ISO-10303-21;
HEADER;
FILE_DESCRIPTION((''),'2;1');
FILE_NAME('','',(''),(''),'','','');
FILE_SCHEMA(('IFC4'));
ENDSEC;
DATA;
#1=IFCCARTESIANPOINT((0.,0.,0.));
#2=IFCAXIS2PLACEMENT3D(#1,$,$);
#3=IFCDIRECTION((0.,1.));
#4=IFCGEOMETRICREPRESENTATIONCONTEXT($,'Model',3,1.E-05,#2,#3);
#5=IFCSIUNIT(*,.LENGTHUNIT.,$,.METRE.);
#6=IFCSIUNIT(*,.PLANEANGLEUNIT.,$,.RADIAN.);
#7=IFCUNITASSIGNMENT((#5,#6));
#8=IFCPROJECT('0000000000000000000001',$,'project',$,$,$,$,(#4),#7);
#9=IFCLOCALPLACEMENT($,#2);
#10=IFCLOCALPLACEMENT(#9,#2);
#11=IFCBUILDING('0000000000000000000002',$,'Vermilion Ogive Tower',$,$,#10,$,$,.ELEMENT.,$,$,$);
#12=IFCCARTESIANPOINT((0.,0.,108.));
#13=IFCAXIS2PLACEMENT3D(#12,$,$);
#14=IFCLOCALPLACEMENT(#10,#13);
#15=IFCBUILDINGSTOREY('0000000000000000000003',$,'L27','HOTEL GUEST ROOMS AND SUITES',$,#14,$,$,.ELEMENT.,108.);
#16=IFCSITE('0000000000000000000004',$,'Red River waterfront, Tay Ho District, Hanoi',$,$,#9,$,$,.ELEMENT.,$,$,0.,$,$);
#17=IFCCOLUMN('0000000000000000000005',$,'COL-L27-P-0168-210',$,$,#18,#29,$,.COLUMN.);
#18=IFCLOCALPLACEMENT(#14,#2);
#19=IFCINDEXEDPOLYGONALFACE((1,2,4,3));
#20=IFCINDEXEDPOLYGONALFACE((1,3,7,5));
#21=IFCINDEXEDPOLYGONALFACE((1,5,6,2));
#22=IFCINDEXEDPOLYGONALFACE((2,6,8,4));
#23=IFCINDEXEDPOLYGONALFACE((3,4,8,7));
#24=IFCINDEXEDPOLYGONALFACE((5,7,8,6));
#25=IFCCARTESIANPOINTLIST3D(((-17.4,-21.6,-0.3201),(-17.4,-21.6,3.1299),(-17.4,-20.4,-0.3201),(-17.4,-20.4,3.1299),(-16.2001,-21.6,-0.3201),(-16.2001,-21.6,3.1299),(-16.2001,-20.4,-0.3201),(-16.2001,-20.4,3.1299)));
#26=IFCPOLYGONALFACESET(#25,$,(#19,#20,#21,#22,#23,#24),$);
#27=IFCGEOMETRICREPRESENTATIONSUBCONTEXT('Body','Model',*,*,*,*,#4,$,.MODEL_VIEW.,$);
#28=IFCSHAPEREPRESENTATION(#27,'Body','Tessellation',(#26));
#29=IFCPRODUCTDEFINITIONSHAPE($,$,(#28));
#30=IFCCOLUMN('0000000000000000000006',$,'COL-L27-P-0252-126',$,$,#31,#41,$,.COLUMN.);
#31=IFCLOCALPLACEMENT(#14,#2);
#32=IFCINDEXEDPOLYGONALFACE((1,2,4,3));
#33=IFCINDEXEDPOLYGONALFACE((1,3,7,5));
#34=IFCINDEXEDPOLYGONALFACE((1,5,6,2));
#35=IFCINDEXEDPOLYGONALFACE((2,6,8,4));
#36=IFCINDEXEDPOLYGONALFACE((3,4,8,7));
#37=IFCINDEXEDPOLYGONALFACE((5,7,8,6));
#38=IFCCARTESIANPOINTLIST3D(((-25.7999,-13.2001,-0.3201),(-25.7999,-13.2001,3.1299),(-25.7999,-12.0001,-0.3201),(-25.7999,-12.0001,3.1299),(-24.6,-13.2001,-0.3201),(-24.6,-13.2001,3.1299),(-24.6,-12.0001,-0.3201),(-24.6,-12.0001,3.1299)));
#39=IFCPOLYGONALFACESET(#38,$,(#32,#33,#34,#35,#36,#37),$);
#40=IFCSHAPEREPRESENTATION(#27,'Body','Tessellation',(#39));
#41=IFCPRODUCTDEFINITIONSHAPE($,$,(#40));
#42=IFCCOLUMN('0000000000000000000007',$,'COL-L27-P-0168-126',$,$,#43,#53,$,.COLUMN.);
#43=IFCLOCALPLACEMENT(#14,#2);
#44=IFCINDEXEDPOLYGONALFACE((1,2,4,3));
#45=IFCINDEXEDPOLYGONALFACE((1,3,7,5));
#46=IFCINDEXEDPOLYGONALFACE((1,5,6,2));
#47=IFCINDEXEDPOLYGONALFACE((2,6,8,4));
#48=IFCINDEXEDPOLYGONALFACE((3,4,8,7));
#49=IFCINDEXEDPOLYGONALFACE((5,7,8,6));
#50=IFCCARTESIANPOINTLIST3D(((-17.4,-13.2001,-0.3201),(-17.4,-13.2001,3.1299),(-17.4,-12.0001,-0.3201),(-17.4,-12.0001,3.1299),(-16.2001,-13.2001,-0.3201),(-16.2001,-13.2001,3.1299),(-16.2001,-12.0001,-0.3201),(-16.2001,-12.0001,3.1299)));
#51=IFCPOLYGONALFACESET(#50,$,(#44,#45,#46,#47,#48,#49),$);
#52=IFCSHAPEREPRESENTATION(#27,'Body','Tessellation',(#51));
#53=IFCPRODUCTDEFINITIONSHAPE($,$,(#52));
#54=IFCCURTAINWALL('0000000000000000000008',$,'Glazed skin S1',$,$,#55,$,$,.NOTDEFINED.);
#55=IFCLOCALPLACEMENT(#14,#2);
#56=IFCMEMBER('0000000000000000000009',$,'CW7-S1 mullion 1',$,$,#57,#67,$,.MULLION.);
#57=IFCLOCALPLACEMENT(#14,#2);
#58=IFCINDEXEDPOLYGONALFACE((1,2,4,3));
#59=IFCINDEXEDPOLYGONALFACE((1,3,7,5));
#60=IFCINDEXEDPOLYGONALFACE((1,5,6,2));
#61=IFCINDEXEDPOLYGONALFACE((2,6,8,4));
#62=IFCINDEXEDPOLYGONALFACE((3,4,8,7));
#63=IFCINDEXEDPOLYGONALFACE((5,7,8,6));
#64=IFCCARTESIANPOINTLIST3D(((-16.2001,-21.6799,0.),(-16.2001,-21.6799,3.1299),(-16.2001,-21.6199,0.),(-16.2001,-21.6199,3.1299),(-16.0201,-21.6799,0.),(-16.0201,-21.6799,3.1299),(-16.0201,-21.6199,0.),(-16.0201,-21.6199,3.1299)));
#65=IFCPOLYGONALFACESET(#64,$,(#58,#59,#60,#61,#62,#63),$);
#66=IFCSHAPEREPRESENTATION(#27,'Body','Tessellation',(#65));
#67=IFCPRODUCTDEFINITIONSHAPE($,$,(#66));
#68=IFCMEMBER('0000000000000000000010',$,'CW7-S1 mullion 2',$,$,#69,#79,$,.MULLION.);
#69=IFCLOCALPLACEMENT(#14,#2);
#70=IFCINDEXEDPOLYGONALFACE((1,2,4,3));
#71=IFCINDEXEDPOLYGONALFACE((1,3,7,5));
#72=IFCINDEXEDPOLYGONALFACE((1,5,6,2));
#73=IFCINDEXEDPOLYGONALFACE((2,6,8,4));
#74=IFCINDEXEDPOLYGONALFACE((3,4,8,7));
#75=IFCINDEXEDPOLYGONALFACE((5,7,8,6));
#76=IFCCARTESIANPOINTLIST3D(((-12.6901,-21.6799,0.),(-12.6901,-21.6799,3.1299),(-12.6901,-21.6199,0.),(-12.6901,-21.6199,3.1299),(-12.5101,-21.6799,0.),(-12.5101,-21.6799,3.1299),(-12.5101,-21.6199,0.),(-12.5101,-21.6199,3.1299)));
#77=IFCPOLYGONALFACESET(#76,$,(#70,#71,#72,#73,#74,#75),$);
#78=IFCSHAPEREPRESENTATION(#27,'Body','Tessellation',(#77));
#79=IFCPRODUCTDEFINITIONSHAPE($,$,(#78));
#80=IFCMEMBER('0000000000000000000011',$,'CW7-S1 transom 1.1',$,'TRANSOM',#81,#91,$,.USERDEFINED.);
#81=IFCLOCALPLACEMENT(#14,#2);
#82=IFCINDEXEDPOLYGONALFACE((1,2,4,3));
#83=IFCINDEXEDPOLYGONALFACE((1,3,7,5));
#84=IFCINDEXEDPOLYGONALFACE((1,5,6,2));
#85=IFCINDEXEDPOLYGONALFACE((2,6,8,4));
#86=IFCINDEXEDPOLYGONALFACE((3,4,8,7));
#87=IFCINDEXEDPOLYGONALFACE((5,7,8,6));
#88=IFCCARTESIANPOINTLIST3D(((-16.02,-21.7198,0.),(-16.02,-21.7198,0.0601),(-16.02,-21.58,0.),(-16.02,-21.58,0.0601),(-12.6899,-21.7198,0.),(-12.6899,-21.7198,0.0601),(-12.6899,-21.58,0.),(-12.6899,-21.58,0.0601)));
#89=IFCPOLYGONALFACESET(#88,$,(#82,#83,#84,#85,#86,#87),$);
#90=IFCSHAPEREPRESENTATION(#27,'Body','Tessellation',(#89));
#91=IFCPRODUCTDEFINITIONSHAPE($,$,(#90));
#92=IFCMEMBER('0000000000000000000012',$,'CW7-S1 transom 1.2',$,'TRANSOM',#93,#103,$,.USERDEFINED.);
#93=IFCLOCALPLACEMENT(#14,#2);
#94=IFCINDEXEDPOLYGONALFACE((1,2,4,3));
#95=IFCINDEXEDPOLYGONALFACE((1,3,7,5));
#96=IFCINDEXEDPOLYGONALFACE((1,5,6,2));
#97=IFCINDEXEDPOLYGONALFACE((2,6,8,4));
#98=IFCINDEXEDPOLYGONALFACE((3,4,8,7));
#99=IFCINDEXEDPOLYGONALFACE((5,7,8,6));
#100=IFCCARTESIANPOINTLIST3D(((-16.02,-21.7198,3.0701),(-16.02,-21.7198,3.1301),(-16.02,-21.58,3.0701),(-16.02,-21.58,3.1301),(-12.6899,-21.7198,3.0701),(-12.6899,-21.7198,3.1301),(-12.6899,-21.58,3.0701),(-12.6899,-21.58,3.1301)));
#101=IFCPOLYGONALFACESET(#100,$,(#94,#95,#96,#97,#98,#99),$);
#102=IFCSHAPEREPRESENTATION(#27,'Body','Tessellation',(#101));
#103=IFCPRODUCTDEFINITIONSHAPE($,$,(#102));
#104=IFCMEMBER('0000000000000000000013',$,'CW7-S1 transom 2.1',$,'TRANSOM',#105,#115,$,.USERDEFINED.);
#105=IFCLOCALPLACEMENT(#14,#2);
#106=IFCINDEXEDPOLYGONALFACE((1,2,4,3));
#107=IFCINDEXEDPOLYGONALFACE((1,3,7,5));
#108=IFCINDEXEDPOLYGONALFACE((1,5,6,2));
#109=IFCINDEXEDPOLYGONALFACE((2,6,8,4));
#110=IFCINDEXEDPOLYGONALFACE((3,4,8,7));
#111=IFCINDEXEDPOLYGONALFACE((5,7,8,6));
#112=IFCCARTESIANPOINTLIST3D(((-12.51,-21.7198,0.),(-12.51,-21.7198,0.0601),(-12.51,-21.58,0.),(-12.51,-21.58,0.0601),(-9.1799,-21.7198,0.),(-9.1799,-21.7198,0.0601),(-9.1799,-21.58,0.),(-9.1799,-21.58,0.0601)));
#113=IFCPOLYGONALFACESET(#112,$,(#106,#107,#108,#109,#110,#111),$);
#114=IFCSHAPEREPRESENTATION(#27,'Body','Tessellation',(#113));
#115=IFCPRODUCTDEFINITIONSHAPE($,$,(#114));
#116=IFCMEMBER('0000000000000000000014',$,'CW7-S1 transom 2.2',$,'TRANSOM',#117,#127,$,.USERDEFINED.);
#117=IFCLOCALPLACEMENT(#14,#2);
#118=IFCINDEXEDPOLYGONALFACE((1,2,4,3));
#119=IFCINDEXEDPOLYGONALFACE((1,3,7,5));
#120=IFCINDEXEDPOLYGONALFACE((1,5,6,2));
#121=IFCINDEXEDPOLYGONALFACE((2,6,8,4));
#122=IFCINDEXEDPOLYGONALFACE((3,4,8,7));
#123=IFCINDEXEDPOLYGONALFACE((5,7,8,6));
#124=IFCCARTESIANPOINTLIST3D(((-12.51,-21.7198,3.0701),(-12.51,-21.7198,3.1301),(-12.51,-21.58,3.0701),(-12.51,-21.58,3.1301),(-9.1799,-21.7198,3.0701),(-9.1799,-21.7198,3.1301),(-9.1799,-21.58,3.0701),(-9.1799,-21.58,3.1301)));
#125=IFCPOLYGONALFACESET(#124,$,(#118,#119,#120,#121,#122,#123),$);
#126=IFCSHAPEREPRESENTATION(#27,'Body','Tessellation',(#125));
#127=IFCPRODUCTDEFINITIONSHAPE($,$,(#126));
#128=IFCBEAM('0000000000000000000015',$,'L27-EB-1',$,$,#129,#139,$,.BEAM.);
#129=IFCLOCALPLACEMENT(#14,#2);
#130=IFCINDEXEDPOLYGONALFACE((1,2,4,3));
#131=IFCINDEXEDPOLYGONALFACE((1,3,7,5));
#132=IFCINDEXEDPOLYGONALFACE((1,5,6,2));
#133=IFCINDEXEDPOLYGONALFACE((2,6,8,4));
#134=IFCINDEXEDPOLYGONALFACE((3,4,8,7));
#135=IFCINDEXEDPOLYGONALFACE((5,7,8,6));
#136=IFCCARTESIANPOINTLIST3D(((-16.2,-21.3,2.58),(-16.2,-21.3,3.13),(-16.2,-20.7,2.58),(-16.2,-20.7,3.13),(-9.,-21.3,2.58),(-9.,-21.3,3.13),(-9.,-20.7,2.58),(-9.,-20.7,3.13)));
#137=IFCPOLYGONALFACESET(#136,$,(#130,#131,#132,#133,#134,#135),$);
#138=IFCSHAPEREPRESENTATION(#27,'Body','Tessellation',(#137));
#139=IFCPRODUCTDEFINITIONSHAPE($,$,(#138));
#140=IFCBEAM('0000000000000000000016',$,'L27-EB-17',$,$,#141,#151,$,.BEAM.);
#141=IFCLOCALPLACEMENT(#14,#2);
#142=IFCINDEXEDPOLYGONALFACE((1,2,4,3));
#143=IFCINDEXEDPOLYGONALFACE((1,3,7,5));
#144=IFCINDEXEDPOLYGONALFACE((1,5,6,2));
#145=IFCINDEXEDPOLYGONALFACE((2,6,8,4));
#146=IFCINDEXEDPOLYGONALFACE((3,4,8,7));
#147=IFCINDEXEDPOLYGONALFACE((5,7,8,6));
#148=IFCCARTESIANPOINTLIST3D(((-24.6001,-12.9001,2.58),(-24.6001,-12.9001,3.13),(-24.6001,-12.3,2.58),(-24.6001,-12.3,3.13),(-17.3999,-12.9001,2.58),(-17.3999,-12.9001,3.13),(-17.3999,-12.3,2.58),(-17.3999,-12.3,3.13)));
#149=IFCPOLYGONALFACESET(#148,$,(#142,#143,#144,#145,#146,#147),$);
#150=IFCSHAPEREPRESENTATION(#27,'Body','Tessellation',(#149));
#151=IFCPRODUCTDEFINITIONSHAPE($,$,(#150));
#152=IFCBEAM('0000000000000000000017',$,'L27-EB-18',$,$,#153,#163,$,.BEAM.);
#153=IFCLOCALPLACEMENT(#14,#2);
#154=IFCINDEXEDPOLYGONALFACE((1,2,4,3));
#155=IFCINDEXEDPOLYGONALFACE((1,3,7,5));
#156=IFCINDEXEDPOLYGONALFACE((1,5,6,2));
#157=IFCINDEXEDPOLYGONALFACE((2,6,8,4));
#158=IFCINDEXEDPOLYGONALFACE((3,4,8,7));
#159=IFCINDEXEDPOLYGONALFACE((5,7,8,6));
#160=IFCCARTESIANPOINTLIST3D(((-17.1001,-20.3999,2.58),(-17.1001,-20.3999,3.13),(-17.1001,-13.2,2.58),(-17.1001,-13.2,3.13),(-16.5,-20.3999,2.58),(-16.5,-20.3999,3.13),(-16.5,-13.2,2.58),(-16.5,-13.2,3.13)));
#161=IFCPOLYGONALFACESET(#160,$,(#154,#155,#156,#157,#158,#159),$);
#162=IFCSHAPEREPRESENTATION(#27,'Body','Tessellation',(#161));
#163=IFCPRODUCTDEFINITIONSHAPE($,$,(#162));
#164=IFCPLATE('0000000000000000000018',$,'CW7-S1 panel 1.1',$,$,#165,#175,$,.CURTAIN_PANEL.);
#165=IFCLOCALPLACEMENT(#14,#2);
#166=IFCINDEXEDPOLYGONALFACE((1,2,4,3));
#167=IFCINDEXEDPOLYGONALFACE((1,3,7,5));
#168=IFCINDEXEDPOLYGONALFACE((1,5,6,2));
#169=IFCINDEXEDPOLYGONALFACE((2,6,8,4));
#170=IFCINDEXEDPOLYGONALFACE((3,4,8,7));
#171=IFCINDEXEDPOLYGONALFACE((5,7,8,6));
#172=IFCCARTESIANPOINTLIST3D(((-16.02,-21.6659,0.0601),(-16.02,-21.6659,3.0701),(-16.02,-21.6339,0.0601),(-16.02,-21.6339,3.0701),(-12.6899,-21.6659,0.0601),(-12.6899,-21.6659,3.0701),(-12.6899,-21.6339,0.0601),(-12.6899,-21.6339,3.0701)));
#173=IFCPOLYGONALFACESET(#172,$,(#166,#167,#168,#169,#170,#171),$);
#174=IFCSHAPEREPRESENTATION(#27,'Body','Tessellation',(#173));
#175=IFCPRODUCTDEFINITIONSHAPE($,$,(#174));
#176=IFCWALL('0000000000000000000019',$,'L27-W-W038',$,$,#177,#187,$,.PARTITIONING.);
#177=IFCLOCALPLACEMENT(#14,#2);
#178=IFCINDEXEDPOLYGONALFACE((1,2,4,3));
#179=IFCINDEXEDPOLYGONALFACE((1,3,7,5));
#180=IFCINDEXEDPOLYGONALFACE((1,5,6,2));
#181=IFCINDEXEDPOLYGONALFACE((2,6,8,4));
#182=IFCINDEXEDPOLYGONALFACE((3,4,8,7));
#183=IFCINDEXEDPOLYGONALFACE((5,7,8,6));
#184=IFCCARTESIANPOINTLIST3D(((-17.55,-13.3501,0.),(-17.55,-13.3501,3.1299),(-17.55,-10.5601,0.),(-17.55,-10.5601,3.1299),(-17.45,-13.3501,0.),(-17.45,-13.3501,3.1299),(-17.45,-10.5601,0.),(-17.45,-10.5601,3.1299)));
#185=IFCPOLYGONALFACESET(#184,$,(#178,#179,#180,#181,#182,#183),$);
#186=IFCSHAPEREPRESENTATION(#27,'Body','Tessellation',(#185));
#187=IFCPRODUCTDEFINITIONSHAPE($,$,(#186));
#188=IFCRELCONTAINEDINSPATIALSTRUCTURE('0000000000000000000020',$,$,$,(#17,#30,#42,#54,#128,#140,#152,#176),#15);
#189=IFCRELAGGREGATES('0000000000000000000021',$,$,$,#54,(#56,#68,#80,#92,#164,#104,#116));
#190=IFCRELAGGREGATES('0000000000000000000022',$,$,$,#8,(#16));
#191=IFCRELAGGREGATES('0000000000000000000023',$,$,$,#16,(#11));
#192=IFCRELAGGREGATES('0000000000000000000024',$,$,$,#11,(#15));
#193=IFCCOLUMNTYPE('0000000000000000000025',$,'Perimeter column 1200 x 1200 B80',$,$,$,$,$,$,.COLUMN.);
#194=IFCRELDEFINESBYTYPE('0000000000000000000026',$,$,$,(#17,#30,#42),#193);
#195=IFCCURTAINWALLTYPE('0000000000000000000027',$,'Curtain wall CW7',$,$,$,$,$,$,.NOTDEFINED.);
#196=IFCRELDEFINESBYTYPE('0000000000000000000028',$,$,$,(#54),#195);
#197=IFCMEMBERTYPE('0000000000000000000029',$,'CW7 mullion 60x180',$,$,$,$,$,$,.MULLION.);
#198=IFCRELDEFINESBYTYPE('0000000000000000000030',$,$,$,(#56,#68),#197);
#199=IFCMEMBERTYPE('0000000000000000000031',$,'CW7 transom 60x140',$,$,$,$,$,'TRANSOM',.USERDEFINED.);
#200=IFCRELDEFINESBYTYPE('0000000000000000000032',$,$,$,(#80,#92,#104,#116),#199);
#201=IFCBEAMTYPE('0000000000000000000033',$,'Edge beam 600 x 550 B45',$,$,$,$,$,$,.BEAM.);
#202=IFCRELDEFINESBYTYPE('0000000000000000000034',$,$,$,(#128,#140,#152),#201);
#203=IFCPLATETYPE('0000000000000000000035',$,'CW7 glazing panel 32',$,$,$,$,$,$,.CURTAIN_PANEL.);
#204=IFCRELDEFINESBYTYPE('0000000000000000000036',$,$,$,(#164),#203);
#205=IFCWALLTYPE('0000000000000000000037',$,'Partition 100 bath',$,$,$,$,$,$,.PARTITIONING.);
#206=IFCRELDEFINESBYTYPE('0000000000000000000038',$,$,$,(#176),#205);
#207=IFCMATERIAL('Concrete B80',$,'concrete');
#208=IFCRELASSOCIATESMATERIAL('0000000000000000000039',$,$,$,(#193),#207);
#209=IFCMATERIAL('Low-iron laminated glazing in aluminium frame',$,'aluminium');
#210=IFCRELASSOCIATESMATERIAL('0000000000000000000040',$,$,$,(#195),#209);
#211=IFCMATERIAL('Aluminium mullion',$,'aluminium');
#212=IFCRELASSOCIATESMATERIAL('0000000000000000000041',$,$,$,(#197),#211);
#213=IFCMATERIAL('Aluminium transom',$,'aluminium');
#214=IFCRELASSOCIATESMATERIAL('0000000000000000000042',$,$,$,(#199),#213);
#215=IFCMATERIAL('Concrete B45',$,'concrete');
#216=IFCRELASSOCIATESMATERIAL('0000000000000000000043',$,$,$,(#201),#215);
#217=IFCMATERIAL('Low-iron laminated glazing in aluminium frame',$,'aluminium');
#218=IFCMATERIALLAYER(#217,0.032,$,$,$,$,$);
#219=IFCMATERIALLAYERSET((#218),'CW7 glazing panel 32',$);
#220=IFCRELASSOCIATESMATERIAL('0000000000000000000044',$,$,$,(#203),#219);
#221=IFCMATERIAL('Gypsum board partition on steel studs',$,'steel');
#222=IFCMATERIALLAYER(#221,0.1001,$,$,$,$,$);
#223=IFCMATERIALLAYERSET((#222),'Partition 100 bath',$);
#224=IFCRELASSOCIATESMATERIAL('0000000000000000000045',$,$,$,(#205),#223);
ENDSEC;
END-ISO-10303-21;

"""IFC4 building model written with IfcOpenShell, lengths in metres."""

from ifc_helpers import new_model, si_unit, direction, frame, frame_2d, origin, origin_2d, place, context, subcontext, project, spatial, rectangle, extrude, material, layer, layer_set, material_profile, profile_set, type_object, element, aggregate, save


model = new_model("IFC4")

# Units and contexts
model_context = context("Model", 3, precision=1e-05, world=origin(), true_north=direction((0.0, 1.0)))
body_context = subcontext(model_context, "Body", "Model", "MODEL_VIEW")
ifc_project = project(units=[si_unit("LENGTHUNIT", "METRE"), si_unit("PLANEANGLEUNIT", "RADIAN")], contexts=[model_context])

# Site, building, storey
site_placement = place(None, origin())
site = spatial("IfcSite", under=ifc_project, at=site_placement, Name="Red River waterfront, Tay Ho District, Hanoi", CompositionType="ELEMENT", RefElevation=0.0)
building_placement = place(site_placement, origin())
building = spatial("IfcBuilding", under=site, at=building_placement, Name="Vermilion Ogive Tower", CompositionType="ELEMENT")
storey_placement = place(building_placement, frame((0.0, 0.0, 108.0)))
storey = spatial("IfcBuildingStorey", under=building, at=storey_placement, Name="L27", Description="HOTEL GUEST ROOMS AND SUITES", CompositionType="ELEMENT", Elevation=108.0)

# Columns
ifc_material_1 = material(Name="Concrete B80", Category="concrete")
ifc_material_profile_1 = material_profile(ifc_material_1, rectangle(XDim=1.2, YDim=1.2, at=origin_2d()), Name="1200 x 1200")
ifc_profile_set_1 = profile_set([ifc_material_profile_1], Name="Concrete B80")
column_type = type_object("IfcColumnType", Name="Perimeter column 1200 x 1200 B80", PredefinedType="COLUMN", material=ifc_profile_set_1)
for number, where, z_axis, x_axis, name in (
    (1, (-16.8, -21.0, -0.3201), (0.0, 0.0, 1.0), (1.0, 0.0, 0.0), "COL-L27-P-0168-210"),
    (2, (-25.2, -12.6001, -0.3201), (0.0, 0.0, 1.0), (1.0, 0.0, 0.0), "COL-L27-P-0252-126"),
    (3, (-16.8, -12.6001, -0.3201), (0.0, 0.0, 1.0), (1.0, 0.0, 0.0), "COL-L27-P-0168-126"),
):
    element("IfcColumn", number, at=place(storey_placement, frame(where, z_axis=z_axis, x_axis=x_axis)), inside=storey, type_object=column_type, Name=name, PredefinedType="COLUMN", context=body_context, shape_type="SweptSolid", body=[
        extrude(rectangle(XDim=1.2, YDim=1.2, at=origin_2d()), origin(), (0.0, 0.0, 1.0), 3.45),
    ])

# Curtain wall, members
ifc_material_2 = material(Name="Low-iron laminated glazing in aluminium frame", Category="aluminium")
curtain_wall_type = type_object("IfcCurtainWallType", Name="Curtain wall CW7", PredefinedType="NOTDEFINED", material=ifc_material_2)
curtain_wall_placement = place(storey_placement, origin())
curtain_wall = element("IfcCurtainWall", 4, at=curtain_wall_placement, inside=storey, type_object=curtain_wall_type, Name="Glazed skin S1", PredefinedType="NOTDEFINED")
ifc_material_3 = material(Name="Aluminium mullion", Category="aluminium")
ifc_material_profile_2 = material_profile(ifc_material_3, rectangle(XDim=0.0601, YDim=0.1799, at=origin_2d()), Name="AL 60x180")
ifc_profile_set_2 = profile_set([ifc_material_profile_2], Name="Aluminium mullion")
member_type_1 = type_object("IfcMemberType", Name="CW7 mullion 60x180", PredefinedType="MULLION", material=ifc_profile_set_2)
member_1_placement = place(storey_placement, frame((-16.1101, -21.6499, 0.0), z_axis=(0.0, 0.0, 1.0), x_axis=(0.0, 1.0, 0.0)))
member_1 = element("IfcMember", 5, at=member_1_placement, type_object=member_type_1, Name="CW7-S1 mullion 1", PredefinedType="MULLION", context=body_context, shape_type="SweptSolid", body=[
    extrude(rectangle(XDim=0.0601, YDim=0.1799, at=origin_2d()), origin(), (0.0, 0.0, 1.0), 3.1299),
])
member_2_placement = place(storey_placement, frame((-12.6001, -21.6499, 0.0), z_axis=(0.0, 0.0, 1.0), x_axis=(0.0, 1.0, 0.0)))
member_2 = element("IfcMember", 6, at=member_2_placement, type_object=member_type_1, Name="CW7-S1 mullion 2", PredefinedType="MULLION", context=body_context, shape_type="SweptSolid", body=[
    extrude(rectangle(XDim=0.0601, YDim=0.1799, at=origin_2d()), origin(), (0.0, 0.0, 1.0), 3.1299),
])
ifc_material_4 = material(Name="Aluminium transom", Category="aluminium")
ifc_material_profile_3 = material_profile(ifc_material_4, rectangle(XDim=0.1399, YDim=0.0601, at=origin_2d()), Name="AL 60x140")
ifc_profile_set_3 = profile_set([ifc_material_profile_3], Name="Aluminium transom")
member_type_2 = type_object("IfcMemberType", Name="CW7 transom 60x140", ElementType="TRANSOM", PredefinedType="USERDEFINED", material=ifc_profile_set_3)
member_3_placement = place(storey_placement, frame((-16.02, -21.6499, 0.03), z_axis=(1.0, 0.0, 0.0), x_axis=(0.0, 1.0, 0.0)))
member_3 = element("IfcMember", 7, at=member_3_placement, type_object=member_type_2, Name="CW7-S1 transom 1.1", ObjectType="TRANSOM", PredefinedType="USERDEFINED", context=body_context, shape_type="SweptSolid", body=[
    extrude(rectangle(XDim=0.1399, YDim=0.0601, at=origin_2d()), origin(), (0.0, 0.0, 1.0), 3.3301),
])
member_4_placement = place(storey_placement, frame((-16.02, -21.6499, 3.1001), z_axis=(1.0, 0.0, 0.0), x_axis=(0.0, 1.0, 0.0)))
member_4 = element("IfcMember", 8, at=member_4_placement, type_object=member_type_2, Name="CW7-S1 transom 1.2", ObjectType="TRANSOM", PredefinedType="USERDEFINED", context=body_context, shape_type="SweptSolid", body=[
    extrude(rectangle(XDim=0.1399, YDim=0.0601, at=origin_2d()), origin(), (0.0, 0.0, 1.0), 3.3301),
])
member_5_placement = place(storey_placement, frame((-12.51, -21.6499, 0.03), z_axis=(1.0, 0.0, 0.0), x_axis=(0.0, 1.0, 0.0)))
member_5 = element("IfcMember", 9, at=member_5_placement, type_object=member_type_2, Name="CW7-S1 transom 2.1", ObjectType="TRANSOM", PredefinedType="USERDEFINED", context=body_context, shape_type="SweptSolid", body=[
    extrude(rectangle(XDim=0.1399, YDim=0.0601, at=origin_2d()), origin(), (0.0, 0.0, 1.0), 3.3301),
])
member_6_placement = place(storey_placement, frame((-12.51, -21.6499, 3.1001), z_axis=(1.0, 0.0, 0.0), x_axis=(0.0, 1.0, 0.0)))
member_6 = element("IfcMember", 10, at=member_6_placement, type_object=member_type_2, Name="CW7-S1 transom 2.2", ObjectType="TRANSOM", PredefinedType="USERDEFINED", context=body_context, shape_type="SweptSolid", body=[
    extrude(rectangle(XDim=0.1399, YDim=0.0601, at=origin_2d()), origin(), (0.0, 0.0, 1.0), 3.3301),
])

# Beams
ifc_material_5 = material(Name="Concrete B45", Category="concrete")
ifc_material_profile_4 = material_profile(ifc_material_5, rectangle(XDim=0.6001, YDim=0.55, at=origin_2d()), Name="600 x 550")
ifc_profile_set_4 = profile_set([ifc_material_profile_4], Name="Concrete B45")
beam_type = type_object("IfcBeamType", Name="Edge beam 600 x 550 B45", PredefinedType="BEAM", material=ifc_profile_set_4)
beam_1_placement = place(storey_placement, frame((-16.2, -21.0, 2.855), z_axis=(1.0, 0.0, 0.0), x_axis=(0.0, 1.0, 0.0)))
element("IfcBeam", 11, at=beam_1_placement, inside=storey, type_object=beam_type, Name="L27-EB-1", PredefinedType="BEAM", context=body_context, shape_type="SweptSolid", body=[
    extrude(rectangle(XDim=0.6001, YDim=0.55, at=origin_2d()), origin(), (0.0, 0.0, 1.0), 7.2),
])
beam_2_placement = place(storey_placement, frame((-24.6001, -12.6001, 2.855), z_axis=(1.0, 0.0, 0.0), x_axis=(0.0, 1.0, 0.0)))
element("IfcBeam", 12, at=beam_2_placement, inside=storey, type_object=beam_type, Name="L27-EB-17", PredefinedType="BEAM", context=body_context, shape_type="SweptSolid", body=[
    extrude(rectangle(XDim=0.6001, YDim=0.55, at=origin_2d()), origin(), (0.0, 0.0, 1.0), 7.2002),
])
beam_3_placement = place(storey_placement, frame((-16.8, -13.2, 2.855), z_axis=(0.0, -1.0, 0.0), x_axis=(1.0, 0.0, 0.0)))
element("IfcBeam", 13, at=beam_3_placement, inside=storey, type_object=beam_type, Name="L27-EB-18", PredefinedType="BEAM", context=body_context, shape_type="SweptSolid", body=[
    extrude(rectangle(XDim=0.6001, YDim=0.55, at=origin_2d()), origin(), (0.0, 0.0, 1.0), 7.2),
])

# Plate
ifc_material_6 = material(Name="Low-iron laminated glazing in aluminium frame", Category="aluminium")
ifc_layer_1 = layer(ifc_material_6, 0.032)
ifc_layer_set_1 = layer_set([ifc_layer_1], Name="CW7 glazing panel 32")
plate_type = type_object("IfcPlateType", Name="CW7 glazing panel 32", PredefinedType="CURTAIN_PANEL", material=ifc_layer_set_1)
plate_placement = place(storey_placement, frame((-14.355, -21.6499, 0.0601), z_axis=(0.0, 0.0, 1.0), x_axis=(1.0, 0.0, 0.0)))
plate = element("IfcPlate", 14, at=plate_placement, type_object=plate_type, Name="CW7-S1 panel 1.1", PredefinedType="CURTAIN_PANEL", context=body_context, shape_type="SweptSolid", body=[
    extrude(rectangle(XDim=3.3301, YDim=0.032, at=origin_2d()), origin(), (0.0, 0.0, 1.0), 3.01),
])
aggregate(curtain_wall, [member_1, member_2, member_3, member_4, plate, member_5, member_6])

# Wall
ifc_material_7 = material(Name="Gypsum board partition on steel studs", Category="steel")
ifc_layer_2 = layer(ifc_material_7, 0.1001)
ifc_layer_set_2 = layer_set([ifc_layer_2], Name="Partition 100 bath")
wall_type_1 = type_object("IfcWallType", Name="Partition 100 bath", PredefinedType="PARTITIONING", material=ifc_layer_set_2)
wall_1_placement = place(storey_placement, frame((-17.5, -13.3501, 0.0), z_axis=(0.0, 0.0, 1.0), x_axis=(0.0, 1.0, 0.0)))
element("IfcWall", 15, at=wall_1_placement, inside=storey, type_object=wall_type_1, Name="L27-W-W038", PredefinedType="PARTITIONING", context=body_context, shape_type="SweptSolid", body=[
    extrude(rectangle(XDim=2.79, YDim=0.1001, at=frame_2d((1.395, 0.0))), origin(), (0.0, 0.0, 1.0), 3.1299),
])

save(model, "model.ifc")
